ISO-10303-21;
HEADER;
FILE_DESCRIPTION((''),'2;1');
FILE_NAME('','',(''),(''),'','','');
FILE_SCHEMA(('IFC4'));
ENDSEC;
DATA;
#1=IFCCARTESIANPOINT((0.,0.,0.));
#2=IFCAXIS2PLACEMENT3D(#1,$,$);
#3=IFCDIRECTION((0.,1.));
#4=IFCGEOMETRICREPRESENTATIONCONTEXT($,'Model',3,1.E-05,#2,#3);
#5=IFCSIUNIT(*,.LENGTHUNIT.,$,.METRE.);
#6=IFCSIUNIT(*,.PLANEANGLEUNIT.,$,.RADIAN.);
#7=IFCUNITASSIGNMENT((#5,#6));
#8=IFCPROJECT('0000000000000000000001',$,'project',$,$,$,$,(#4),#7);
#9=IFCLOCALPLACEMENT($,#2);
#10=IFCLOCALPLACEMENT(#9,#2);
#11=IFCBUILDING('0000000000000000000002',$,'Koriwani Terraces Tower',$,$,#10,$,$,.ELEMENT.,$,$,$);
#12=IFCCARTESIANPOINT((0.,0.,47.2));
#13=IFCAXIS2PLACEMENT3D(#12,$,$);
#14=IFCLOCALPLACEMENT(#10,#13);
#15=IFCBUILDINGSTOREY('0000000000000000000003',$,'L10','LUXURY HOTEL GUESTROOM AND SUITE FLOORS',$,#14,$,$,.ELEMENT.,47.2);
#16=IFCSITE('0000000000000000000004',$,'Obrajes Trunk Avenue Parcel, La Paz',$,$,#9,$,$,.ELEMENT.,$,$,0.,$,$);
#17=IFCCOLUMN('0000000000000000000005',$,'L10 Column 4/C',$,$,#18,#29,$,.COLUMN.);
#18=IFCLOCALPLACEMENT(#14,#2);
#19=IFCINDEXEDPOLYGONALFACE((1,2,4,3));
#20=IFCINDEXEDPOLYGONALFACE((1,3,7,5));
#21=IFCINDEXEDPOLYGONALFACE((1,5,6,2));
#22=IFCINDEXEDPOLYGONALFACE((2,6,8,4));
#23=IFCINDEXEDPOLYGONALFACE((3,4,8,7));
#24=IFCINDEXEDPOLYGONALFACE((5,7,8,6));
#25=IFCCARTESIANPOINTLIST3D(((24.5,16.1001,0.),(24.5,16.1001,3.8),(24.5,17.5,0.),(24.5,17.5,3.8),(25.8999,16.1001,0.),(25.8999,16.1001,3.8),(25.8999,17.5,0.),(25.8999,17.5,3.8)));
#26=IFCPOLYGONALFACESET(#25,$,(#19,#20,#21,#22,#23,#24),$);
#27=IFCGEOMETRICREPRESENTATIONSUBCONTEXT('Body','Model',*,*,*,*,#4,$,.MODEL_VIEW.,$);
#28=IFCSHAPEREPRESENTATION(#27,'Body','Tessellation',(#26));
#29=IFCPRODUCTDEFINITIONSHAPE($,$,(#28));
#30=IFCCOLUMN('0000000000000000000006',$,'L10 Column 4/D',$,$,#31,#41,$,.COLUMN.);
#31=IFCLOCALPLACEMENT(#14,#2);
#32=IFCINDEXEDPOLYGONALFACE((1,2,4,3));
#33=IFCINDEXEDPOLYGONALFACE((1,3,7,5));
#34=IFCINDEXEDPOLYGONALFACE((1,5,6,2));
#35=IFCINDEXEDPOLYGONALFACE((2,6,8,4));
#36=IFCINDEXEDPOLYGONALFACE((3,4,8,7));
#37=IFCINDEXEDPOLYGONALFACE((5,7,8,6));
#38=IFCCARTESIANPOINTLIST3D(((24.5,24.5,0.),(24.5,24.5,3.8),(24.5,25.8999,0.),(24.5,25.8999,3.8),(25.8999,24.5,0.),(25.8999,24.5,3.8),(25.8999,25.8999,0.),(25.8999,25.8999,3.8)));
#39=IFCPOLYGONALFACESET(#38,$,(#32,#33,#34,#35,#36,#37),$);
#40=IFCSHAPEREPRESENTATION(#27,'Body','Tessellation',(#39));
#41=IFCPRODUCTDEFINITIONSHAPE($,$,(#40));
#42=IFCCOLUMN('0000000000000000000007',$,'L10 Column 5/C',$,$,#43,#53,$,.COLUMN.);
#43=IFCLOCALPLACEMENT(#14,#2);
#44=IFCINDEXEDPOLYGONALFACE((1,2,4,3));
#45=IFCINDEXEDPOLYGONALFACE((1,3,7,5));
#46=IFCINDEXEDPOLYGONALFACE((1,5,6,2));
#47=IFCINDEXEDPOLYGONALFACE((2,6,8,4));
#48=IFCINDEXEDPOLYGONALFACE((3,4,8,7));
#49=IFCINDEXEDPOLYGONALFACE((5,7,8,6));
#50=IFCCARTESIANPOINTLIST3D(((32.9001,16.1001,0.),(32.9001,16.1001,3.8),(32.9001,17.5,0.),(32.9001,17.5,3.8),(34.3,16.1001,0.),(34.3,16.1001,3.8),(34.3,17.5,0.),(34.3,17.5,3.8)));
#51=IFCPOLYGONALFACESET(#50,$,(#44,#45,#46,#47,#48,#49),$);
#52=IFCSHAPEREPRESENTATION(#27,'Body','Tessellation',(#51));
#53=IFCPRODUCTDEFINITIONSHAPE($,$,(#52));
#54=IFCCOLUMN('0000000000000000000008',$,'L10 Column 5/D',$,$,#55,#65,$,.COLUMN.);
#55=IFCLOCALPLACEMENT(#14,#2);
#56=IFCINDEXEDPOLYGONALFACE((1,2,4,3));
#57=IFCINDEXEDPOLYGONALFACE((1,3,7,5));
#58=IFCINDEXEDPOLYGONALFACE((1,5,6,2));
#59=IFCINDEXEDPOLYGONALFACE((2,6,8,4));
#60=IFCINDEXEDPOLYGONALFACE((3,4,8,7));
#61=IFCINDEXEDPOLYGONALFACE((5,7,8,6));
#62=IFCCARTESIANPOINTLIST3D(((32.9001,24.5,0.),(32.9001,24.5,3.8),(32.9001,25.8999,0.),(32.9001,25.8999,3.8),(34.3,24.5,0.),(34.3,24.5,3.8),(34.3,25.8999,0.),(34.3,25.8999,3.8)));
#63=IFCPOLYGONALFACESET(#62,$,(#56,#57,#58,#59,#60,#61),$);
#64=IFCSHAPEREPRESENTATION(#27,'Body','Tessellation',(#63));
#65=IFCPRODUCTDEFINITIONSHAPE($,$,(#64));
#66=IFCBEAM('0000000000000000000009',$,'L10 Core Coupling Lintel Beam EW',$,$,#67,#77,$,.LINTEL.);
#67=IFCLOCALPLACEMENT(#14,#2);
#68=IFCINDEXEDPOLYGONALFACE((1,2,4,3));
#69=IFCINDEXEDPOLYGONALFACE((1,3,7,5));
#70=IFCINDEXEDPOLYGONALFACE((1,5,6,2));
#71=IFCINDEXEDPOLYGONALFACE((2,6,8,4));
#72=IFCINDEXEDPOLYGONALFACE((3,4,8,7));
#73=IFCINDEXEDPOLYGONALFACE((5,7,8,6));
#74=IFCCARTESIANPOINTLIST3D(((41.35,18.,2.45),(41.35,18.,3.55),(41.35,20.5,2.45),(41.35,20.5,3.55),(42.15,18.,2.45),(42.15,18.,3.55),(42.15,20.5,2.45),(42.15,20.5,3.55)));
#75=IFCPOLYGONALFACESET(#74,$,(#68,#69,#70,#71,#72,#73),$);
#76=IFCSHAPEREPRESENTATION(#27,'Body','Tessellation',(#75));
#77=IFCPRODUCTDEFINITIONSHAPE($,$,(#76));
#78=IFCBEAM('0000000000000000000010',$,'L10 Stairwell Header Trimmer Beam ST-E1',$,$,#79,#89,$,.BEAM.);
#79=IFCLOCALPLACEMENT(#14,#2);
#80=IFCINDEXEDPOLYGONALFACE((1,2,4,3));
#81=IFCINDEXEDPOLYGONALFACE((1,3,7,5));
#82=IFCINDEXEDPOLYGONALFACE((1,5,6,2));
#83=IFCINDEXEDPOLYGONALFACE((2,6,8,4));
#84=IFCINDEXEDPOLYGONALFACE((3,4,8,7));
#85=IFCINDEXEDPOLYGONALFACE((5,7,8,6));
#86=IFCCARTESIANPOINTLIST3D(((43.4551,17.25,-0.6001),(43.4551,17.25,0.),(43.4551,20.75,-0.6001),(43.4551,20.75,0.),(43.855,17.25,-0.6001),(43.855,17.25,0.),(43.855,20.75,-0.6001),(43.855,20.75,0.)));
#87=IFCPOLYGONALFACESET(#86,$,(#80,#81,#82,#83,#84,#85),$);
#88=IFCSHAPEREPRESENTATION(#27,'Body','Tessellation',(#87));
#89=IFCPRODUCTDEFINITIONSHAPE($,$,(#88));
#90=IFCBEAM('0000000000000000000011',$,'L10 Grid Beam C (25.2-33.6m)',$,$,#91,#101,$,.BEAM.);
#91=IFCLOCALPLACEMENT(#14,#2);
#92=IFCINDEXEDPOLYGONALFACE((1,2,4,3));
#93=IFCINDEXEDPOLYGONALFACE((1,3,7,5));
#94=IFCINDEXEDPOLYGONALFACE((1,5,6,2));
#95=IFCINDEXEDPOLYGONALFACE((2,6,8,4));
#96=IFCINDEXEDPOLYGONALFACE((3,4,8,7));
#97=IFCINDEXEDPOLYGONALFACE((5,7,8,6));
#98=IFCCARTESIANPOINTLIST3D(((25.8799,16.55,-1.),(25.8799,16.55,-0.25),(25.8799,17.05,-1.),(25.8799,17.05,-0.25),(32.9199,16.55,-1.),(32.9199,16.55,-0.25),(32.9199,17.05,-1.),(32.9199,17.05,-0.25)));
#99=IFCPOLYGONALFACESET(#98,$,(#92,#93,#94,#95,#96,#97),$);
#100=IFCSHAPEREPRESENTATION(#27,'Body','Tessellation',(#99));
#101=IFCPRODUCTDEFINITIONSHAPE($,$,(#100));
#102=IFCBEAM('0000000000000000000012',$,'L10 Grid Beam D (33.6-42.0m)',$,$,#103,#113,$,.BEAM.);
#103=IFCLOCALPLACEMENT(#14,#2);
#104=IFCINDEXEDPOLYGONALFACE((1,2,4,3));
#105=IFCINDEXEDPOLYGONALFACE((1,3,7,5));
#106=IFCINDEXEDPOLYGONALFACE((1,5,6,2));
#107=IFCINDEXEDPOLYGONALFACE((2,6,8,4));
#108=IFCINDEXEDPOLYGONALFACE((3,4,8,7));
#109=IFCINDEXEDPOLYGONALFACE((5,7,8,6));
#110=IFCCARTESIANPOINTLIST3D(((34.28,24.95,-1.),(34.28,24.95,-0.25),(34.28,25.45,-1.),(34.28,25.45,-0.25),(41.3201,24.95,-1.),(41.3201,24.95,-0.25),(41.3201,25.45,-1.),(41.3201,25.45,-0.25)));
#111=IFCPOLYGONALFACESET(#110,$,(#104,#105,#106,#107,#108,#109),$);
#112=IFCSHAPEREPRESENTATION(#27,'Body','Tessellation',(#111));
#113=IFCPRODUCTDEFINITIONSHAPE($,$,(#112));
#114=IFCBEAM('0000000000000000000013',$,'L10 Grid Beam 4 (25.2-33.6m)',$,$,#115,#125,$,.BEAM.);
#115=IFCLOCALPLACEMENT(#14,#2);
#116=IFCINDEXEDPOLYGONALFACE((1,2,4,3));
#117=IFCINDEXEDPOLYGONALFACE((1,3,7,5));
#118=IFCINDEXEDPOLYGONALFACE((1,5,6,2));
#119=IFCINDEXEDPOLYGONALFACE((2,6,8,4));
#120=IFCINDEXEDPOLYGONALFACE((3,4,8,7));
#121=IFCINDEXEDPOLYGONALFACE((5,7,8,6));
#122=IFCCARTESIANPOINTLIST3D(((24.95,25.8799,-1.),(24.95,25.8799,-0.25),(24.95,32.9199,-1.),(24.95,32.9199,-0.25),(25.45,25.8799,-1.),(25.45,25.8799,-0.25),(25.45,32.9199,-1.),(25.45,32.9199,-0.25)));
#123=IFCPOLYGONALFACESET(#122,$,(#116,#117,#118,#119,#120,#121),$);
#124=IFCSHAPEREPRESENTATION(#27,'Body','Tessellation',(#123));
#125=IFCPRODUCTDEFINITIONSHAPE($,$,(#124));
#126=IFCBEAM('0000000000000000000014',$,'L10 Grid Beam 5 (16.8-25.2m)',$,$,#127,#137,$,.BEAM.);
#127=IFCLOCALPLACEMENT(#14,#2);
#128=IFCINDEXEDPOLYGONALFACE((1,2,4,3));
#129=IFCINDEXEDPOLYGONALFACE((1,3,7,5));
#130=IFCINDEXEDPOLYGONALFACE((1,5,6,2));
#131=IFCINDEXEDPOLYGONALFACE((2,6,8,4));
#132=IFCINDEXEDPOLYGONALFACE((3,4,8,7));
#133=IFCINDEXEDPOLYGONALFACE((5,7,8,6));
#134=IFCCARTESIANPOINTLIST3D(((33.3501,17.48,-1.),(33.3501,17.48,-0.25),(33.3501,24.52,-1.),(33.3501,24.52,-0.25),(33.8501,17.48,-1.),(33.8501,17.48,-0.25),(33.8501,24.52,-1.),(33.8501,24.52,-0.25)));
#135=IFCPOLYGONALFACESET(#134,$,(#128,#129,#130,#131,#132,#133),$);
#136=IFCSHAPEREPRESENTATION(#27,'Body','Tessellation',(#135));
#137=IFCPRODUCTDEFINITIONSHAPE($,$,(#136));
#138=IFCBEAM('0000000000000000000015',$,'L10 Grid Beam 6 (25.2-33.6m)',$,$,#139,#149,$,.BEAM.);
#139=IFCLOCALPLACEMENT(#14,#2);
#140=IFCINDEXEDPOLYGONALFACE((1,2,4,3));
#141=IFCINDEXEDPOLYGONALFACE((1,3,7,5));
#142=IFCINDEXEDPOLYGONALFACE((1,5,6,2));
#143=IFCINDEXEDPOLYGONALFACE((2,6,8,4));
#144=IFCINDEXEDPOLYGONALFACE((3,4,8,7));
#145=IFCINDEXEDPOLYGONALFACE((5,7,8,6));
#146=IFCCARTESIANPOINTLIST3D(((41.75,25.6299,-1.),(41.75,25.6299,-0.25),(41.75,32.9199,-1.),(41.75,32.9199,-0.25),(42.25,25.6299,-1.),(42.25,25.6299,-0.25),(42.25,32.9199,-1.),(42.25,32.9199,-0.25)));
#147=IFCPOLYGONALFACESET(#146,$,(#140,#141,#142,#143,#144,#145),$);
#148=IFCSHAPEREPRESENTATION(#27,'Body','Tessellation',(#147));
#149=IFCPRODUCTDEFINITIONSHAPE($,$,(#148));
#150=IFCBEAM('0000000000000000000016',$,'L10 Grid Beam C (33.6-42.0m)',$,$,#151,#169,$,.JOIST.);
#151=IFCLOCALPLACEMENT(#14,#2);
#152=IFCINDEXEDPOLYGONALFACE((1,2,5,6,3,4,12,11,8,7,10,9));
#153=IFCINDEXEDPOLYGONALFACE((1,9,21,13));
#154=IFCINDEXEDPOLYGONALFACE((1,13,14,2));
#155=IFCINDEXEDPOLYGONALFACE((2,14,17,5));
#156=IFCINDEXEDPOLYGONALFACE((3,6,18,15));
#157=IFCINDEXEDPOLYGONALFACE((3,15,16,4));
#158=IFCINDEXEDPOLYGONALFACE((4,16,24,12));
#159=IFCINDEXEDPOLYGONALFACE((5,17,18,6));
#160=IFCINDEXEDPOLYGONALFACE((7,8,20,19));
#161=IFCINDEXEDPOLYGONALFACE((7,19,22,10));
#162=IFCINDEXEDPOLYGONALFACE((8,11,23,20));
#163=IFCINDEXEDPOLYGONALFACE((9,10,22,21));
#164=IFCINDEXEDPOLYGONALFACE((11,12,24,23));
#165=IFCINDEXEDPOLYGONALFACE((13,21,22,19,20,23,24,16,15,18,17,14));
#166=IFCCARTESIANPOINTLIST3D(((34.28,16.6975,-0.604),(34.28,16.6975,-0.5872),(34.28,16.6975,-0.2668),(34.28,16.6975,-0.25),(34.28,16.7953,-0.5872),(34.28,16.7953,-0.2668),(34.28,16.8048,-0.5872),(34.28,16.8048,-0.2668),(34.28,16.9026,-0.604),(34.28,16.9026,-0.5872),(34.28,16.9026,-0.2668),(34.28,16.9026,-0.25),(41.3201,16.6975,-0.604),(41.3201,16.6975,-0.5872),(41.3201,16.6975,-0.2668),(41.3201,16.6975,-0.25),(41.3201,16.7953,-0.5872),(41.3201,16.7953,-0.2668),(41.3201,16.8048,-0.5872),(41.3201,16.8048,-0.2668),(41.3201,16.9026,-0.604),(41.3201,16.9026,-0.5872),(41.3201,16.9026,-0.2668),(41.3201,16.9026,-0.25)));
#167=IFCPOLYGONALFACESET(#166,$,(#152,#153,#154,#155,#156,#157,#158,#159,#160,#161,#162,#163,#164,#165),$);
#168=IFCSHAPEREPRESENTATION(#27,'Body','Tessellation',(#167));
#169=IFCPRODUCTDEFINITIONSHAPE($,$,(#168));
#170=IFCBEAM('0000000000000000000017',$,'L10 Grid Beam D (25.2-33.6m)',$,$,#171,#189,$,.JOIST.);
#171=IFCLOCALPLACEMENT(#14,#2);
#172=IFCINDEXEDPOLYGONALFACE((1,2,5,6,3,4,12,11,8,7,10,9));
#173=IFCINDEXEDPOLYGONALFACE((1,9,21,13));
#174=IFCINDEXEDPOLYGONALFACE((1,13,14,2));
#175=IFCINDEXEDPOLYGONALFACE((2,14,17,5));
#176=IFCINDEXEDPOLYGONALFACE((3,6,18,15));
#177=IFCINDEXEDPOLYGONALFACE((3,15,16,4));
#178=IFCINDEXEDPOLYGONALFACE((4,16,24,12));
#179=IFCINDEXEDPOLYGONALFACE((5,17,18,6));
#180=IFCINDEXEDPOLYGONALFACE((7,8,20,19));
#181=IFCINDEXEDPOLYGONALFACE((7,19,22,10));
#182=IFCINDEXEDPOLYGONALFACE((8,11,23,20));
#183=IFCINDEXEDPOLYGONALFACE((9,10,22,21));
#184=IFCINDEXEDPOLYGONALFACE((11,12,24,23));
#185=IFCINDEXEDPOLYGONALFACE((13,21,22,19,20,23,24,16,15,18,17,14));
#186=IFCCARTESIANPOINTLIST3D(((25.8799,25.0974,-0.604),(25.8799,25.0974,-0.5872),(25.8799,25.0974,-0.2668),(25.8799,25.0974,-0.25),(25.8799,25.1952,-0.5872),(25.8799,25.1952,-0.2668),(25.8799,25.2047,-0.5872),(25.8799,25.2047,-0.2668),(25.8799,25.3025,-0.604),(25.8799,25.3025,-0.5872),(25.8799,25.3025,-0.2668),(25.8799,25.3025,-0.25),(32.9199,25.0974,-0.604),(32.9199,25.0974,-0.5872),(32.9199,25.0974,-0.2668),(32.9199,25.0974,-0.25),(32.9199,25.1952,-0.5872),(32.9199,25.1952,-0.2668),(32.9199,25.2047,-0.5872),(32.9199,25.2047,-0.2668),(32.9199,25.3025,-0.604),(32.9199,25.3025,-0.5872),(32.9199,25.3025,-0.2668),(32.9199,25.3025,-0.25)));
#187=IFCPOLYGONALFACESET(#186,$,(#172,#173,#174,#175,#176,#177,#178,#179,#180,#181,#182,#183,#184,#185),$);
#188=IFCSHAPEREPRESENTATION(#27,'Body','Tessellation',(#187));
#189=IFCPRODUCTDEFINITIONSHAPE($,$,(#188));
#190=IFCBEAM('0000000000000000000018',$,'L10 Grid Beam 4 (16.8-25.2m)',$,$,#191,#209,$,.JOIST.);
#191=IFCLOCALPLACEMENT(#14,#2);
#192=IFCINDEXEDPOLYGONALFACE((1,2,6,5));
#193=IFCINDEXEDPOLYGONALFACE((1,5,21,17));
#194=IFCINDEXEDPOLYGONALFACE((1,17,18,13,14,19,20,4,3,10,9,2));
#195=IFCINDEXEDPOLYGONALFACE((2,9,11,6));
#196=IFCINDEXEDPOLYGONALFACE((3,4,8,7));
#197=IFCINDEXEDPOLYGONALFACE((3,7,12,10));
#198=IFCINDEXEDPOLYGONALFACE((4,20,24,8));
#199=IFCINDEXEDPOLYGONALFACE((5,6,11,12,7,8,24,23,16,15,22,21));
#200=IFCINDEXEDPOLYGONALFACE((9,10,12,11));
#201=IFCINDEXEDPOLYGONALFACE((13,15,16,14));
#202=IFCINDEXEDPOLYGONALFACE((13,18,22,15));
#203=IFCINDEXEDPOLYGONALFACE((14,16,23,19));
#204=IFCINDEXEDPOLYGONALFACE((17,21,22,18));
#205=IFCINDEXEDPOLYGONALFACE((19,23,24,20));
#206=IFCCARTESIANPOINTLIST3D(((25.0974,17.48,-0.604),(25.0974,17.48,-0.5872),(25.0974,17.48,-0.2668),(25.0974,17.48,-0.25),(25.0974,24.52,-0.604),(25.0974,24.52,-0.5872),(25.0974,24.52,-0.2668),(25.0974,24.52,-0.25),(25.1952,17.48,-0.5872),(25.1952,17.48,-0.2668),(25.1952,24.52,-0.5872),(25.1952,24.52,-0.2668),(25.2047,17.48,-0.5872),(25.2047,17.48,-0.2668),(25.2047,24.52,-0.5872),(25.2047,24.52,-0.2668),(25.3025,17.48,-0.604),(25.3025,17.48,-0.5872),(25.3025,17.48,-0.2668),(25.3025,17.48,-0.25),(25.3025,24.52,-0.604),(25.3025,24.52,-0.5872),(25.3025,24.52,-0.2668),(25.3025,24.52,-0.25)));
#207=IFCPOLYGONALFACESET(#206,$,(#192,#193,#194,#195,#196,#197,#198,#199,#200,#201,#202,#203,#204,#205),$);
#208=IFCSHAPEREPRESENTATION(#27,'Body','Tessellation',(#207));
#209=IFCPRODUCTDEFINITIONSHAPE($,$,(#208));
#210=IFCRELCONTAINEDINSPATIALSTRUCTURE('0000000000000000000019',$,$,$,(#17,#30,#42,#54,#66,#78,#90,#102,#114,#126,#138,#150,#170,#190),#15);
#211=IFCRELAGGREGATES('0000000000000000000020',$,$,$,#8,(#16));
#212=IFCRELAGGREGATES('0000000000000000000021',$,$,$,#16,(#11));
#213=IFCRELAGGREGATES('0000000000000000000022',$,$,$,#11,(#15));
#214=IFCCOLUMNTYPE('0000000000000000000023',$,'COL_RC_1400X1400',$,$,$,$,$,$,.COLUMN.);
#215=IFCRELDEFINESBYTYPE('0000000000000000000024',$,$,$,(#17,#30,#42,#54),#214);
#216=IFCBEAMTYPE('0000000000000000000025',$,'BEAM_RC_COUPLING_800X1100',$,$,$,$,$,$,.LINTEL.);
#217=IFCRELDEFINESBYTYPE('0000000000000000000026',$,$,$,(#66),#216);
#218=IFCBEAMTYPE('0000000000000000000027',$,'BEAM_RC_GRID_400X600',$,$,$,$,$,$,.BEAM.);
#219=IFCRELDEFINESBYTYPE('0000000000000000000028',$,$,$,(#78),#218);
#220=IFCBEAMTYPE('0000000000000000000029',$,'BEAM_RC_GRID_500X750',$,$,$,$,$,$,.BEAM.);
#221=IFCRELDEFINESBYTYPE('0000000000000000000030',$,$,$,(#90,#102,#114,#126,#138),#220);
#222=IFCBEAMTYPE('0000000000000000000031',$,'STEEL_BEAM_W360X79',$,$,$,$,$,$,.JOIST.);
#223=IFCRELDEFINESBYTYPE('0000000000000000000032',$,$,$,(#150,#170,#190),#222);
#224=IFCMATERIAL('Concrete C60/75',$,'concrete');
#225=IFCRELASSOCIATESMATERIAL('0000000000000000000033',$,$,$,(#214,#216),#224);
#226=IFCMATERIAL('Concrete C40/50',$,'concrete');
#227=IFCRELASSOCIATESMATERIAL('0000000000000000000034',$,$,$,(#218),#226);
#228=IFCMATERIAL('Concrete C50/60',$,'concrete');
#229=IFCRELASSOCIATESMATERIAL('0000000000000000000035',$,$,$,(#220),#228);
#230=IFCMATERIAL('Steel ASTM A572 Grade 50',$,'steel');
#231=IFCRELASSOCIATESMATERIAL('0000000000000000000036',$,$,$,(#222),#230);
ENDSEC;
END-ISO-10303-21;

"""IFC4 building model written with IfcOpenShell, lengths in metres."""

from ifc_helpers import new_model, si_unit, direction, frame, origin, origin_2d, place, context, subcontext, project, spatial, rectangle, i_section, extrude, material, material_profile, profile_set, type_object, element, save


model = new_model("IFC4")

# Units and contexts
model_context = context("Model", 3, precision=1e-05, world=origin(), true_north=direction((0.0, 1.0)))
body_context = subcontext(model_context, "Body", "Model", "MODEL_VIEW")
ifc_project = project(units=[si_unit("LENGTHUNIT", "METRE"), si_unit("PLANEANGLEUNIT", "RADIAN")], contexts=[model_context])

# Site, building, storey
site_placement = place(None, origin())
site = spatial("IfcSite", under=ifc_project, at=site_placement, Name="Obrajes Trunk Avenue Parcel, La Paz", CompositionType="ELEMENT", RefElevation=0.0)
building_placement = place(site_placement, origin())
building = spatial("IfcBuilding", under=site, at=building_placement, Name="Koriwani Terraces Tower", CompositionType="ELEMENT")
storey_placement = place(building_placement, frame((0.0, 0.0, 47.2)))
storey = spatial("IfcBuildingStorey", under=building, at=storey_placement, Name="L10", Description="LUXURY HOTEL GUESTROOM AND SUITE FLOORS", CompositionType="ELEMENT", Elevation=47.2)

# Columns
ifc_material_1 = material(Name="Concrete C60/75", Category="concrete")
ifc_material_profile_1 = material_profile(ifc_material_1, rectangle(XDim=1.3999, YDim=1.3999, at=origin_2d()), Name="Concrete C60/75", Category="LoadBearing")
ifc_profile_set_1 = profile_set([ifc_material_profile_1], Name="Concrete C60/75")
column_type = type_object("IfcColumnType", Name="COL_RC_1400X1400", PredefinedType="COLUMN", material=ifc_profile_set_1)
for number, where, z_axis, x_axis, name in (
    (1, (25.2, 16.8, 0.0), (0.0, 0.0, 1.0), (1.0, 0.0, 0.0), "L10 Column 4/C"),
    (2, (25.2, 25.2, 0.0), (0.0, 0.0, 1.0), (1.0, 0.0, 0.0), "L10 Column 4/D"),
    (3, (33.6001, 16.8, 0.0), (0.0, 0.0, 1.0), (1.0, 0.0, 0.0), "L10 Column 5/C"),
    (4, (33.6001, 25.2, 0.0), (0.0, 0.0, 1.0), (1.0, 0.0, 0.0), "L10 Column 5/D"),
):
    element("IfcColumn", number, at=place(storey_placement, frame(where, z_axis=z_axis, x_axis=x_axis)), inside=storey, type_object=column_type, Name=name, PredefinedType="COLUMN", context=body_context, shape_type="SweptSolid", body=[
        extrude(rectangle(XDim=1.3999, YDim=1.3999, at=origin_2d()), origin(), (0.0, 0.0, 1.0), 3.8),
    ])

# Beams
ifc_material_profile_2 = material_profile(ifc_material_1, rectangle(XDim=0.8, YDim=1.1001, at=origin_2d()), Name="Concrete C60/75", Category="LoadBearing")
ifc_profile_set_2 = profile_set([ifc_material_profile_2], Name="Concrete C60/75")
beam_type_1 = type_object("IfcBeamType", Name="BEAM_RC_COUPLING_800X1100", PredefinedType="LINTEL", material=ifc_profile_set_2)
beam_1_placement = place(storey_placement, frame((41.75, 18.0, 3.0), z_axis=(0.0, 1.0, 0.0), x_axis=(-1.0, 0.0, 0.0)))
element("IfcBeam", 5, at=beam_1_placement, inside=storey, type_object=beam_type_1, Name="L10 Core Coupling Lintel Beam EW", PredefinedType="LINTEL", context=body_context, shape_type="SweptSolid", body=[
    extrude(rectangle(XDim=0.8, YDim=1.1001, at=origin_2d()), origin(), (0.0, 0.0, 1.0), 2.5),
])
ifc_material_2 = material(Name="Concrete C40/50", Category="concrete")
ifc_material_profile_3 = material_profile(ifc_material_2, rectangle(XDim=0.3999, YDim=0.6001, at=origin_2d()), Name="Concrete C40/50", Category="LoadBearing")
ifc_profile_set_3 = profile_set([ifc_material_profile_3], Name="Concrete C40/50")
beam_type_2 = type_object("IfcBeamType", Name="BEAM_RC_GRID_400X600", PredefinedType="BEAM", material=ifc_profile_set_3)
beam_2_placement = place(storey_placement, frame((43.655, 17.25, -0.3), z_axis=(0.0, 1.0, 0.0), x_axis=(-1.0, 0.0, 0.0)))
element("IfcBeam", 6, at=beam_2_placement, inside=storey, type_object=beam_type_2, Name="L10 Stairwell Header Trimmer Beam ST-E1", PredefinedType="BEAM", context=body_context, shape_type="SweptSolid", body=[
    extrude(rectangle(XDim=0.3999, YDim=0.6001, at=origin_2d()), origin(), (0.0, 0.0, 1.0), 3.5),
])
ifc_material_3 = material(Name="Concrete C50/60", Category="concrete")
ifc_material_profile_4 = material_profile(ifc_material_3, rectangle(XDim=0.5, YDim=0.75, at=origin_2d()), Name="Concrete C50/60", Category="LoadBearing")
ifc_profile_set_4 = profile_set([ifc_material_profile_4], Name="Concrete C50/60")
beam_type_3 = type_object("IfcBeamType", Name="BEAM_RC_GRID_500X750", PredefinedType="BEAM", material=ifc_profile_set_4)
for number, where, z_axis, x_axis, name in (
    (7, (25.8799, 16.8, -0.625), (1.0, 0.0, 0.0), (0.0, 1.0, 0.0), "L10 Grid Beam C (25.2-33.6m)"),
    (8, (34.28, 25.2, -0.625), (1.0, 0.0, 0.0), (0.0, 1.0, 0.0), "L10 Grid Beam D (33.6-42.0m)"),
    (9, (25.2, 25.8799, -0.625), (0.0, 1.0, 0.0), (-1.0, 0.0, 0.0), "L10 Grid Beam 4 (25.2-33.6m)"),
    (10, (33.6001, 17.48, -0.625), (0.0, 1.0, 0.0), (-1.0, 0.0, 0.0), "L10 Grid Beam 5 (16.8-25.2m)"),
):
    element("IfcBeam", number, at=place(storey_placement, frame(where, z_axis=z_axis, x_axis=x_axis)), inside=storey, type_object=beam_type_3, Name=name, PredefinedType="BEAM", context=body_context, shape_type="SweptSolid", body=[
        extrude(rectangle(XDim=0.5, YDim=0.75, at=origin_2d()), origin(), (0.0, 0.0, 1.0), 7.04),
    ])
beam_3_placement = place(storey_placement, frame((42.0, 25.6299, -0.625), z_axis=(0.0, 1.0, 0.0), x_axis=(-1.0, 0.0, 0.0)))
element("IfcBeam", 11, at=beam_3_placement, inside=storey, type_object=beam_type_3, Name="L10 Grid Beam 6 (25.2-33.6m)", PredefinedType="BEAM", context=body_context, shape_type="SweptSolid", body=[
    extrude(rectangle(XDim=0.5, YDim=0.75, at=origin_2d()), origin(), (0.0, 0.0, 1.0), 7.29),
])
ifc_material_4 = material(Name="Steel ASTM A572 Grade 50", Category="steel")
ifc_material_profile_5 = material_profile(ifc_material_4, i_section(OverallWidth=0.2051, OverallDepth=0.354, WebThickness=0.0095, FlangeThickness=0.0168, at=origin_2d()), Name="Steel ASTM A572 Grade 50", Category="LoadBearing")
ifc_profile_set_5 = profile_set([ifc_material_profile_5], Name="Steel ASTM A572 Grade 50")
beam_type_4 = type_object("IfcBeamType", Name="STEEL_BEAM_W360X79", PredefinedType="JOIST", material=ifc_profile_set_5)
for number, where, z_axis, x_axis, name in (
    (12, (34.28, 16.8, -0.427), (1.0, 0.0, 0.0), (0.0, 1.0, 0.0), "L10 Grid Beam C (33.6-42.0m)"),
    (13, (25.8799, 25.2, -0.427), (1.0, 0.0, 0.0), (0.0, 1.0, 0.0), "L10 Grid Beam D (25.2-33.6m)"),
    (14, (25.2, 17.48, -0.427), (0.0, 1.0, 0.0), (-1.0, 0.0, 0.0), "L10 Grid Beam 4 (16.8-25.2m)"),
):
    element("IfcBeam", number, at=place(storey_placement, frame(where, z_axis=z_axis, x_axis=x_axis)), inside=storey, type_object=beam_type_4, Name=name, PredefinedType="JOIST", context=body_context, shape_type="SweptSolid", body=[
        extrude(i_section(OverallWidth=0.2051, OverallDepth=0.354, WebThickness=0.0095, FlangeThickness=0.0168, at=origin_2d()), origin(), (0.0, 0.0, 1.0), 7.04),
    ])

save(model, "model.ifc")
